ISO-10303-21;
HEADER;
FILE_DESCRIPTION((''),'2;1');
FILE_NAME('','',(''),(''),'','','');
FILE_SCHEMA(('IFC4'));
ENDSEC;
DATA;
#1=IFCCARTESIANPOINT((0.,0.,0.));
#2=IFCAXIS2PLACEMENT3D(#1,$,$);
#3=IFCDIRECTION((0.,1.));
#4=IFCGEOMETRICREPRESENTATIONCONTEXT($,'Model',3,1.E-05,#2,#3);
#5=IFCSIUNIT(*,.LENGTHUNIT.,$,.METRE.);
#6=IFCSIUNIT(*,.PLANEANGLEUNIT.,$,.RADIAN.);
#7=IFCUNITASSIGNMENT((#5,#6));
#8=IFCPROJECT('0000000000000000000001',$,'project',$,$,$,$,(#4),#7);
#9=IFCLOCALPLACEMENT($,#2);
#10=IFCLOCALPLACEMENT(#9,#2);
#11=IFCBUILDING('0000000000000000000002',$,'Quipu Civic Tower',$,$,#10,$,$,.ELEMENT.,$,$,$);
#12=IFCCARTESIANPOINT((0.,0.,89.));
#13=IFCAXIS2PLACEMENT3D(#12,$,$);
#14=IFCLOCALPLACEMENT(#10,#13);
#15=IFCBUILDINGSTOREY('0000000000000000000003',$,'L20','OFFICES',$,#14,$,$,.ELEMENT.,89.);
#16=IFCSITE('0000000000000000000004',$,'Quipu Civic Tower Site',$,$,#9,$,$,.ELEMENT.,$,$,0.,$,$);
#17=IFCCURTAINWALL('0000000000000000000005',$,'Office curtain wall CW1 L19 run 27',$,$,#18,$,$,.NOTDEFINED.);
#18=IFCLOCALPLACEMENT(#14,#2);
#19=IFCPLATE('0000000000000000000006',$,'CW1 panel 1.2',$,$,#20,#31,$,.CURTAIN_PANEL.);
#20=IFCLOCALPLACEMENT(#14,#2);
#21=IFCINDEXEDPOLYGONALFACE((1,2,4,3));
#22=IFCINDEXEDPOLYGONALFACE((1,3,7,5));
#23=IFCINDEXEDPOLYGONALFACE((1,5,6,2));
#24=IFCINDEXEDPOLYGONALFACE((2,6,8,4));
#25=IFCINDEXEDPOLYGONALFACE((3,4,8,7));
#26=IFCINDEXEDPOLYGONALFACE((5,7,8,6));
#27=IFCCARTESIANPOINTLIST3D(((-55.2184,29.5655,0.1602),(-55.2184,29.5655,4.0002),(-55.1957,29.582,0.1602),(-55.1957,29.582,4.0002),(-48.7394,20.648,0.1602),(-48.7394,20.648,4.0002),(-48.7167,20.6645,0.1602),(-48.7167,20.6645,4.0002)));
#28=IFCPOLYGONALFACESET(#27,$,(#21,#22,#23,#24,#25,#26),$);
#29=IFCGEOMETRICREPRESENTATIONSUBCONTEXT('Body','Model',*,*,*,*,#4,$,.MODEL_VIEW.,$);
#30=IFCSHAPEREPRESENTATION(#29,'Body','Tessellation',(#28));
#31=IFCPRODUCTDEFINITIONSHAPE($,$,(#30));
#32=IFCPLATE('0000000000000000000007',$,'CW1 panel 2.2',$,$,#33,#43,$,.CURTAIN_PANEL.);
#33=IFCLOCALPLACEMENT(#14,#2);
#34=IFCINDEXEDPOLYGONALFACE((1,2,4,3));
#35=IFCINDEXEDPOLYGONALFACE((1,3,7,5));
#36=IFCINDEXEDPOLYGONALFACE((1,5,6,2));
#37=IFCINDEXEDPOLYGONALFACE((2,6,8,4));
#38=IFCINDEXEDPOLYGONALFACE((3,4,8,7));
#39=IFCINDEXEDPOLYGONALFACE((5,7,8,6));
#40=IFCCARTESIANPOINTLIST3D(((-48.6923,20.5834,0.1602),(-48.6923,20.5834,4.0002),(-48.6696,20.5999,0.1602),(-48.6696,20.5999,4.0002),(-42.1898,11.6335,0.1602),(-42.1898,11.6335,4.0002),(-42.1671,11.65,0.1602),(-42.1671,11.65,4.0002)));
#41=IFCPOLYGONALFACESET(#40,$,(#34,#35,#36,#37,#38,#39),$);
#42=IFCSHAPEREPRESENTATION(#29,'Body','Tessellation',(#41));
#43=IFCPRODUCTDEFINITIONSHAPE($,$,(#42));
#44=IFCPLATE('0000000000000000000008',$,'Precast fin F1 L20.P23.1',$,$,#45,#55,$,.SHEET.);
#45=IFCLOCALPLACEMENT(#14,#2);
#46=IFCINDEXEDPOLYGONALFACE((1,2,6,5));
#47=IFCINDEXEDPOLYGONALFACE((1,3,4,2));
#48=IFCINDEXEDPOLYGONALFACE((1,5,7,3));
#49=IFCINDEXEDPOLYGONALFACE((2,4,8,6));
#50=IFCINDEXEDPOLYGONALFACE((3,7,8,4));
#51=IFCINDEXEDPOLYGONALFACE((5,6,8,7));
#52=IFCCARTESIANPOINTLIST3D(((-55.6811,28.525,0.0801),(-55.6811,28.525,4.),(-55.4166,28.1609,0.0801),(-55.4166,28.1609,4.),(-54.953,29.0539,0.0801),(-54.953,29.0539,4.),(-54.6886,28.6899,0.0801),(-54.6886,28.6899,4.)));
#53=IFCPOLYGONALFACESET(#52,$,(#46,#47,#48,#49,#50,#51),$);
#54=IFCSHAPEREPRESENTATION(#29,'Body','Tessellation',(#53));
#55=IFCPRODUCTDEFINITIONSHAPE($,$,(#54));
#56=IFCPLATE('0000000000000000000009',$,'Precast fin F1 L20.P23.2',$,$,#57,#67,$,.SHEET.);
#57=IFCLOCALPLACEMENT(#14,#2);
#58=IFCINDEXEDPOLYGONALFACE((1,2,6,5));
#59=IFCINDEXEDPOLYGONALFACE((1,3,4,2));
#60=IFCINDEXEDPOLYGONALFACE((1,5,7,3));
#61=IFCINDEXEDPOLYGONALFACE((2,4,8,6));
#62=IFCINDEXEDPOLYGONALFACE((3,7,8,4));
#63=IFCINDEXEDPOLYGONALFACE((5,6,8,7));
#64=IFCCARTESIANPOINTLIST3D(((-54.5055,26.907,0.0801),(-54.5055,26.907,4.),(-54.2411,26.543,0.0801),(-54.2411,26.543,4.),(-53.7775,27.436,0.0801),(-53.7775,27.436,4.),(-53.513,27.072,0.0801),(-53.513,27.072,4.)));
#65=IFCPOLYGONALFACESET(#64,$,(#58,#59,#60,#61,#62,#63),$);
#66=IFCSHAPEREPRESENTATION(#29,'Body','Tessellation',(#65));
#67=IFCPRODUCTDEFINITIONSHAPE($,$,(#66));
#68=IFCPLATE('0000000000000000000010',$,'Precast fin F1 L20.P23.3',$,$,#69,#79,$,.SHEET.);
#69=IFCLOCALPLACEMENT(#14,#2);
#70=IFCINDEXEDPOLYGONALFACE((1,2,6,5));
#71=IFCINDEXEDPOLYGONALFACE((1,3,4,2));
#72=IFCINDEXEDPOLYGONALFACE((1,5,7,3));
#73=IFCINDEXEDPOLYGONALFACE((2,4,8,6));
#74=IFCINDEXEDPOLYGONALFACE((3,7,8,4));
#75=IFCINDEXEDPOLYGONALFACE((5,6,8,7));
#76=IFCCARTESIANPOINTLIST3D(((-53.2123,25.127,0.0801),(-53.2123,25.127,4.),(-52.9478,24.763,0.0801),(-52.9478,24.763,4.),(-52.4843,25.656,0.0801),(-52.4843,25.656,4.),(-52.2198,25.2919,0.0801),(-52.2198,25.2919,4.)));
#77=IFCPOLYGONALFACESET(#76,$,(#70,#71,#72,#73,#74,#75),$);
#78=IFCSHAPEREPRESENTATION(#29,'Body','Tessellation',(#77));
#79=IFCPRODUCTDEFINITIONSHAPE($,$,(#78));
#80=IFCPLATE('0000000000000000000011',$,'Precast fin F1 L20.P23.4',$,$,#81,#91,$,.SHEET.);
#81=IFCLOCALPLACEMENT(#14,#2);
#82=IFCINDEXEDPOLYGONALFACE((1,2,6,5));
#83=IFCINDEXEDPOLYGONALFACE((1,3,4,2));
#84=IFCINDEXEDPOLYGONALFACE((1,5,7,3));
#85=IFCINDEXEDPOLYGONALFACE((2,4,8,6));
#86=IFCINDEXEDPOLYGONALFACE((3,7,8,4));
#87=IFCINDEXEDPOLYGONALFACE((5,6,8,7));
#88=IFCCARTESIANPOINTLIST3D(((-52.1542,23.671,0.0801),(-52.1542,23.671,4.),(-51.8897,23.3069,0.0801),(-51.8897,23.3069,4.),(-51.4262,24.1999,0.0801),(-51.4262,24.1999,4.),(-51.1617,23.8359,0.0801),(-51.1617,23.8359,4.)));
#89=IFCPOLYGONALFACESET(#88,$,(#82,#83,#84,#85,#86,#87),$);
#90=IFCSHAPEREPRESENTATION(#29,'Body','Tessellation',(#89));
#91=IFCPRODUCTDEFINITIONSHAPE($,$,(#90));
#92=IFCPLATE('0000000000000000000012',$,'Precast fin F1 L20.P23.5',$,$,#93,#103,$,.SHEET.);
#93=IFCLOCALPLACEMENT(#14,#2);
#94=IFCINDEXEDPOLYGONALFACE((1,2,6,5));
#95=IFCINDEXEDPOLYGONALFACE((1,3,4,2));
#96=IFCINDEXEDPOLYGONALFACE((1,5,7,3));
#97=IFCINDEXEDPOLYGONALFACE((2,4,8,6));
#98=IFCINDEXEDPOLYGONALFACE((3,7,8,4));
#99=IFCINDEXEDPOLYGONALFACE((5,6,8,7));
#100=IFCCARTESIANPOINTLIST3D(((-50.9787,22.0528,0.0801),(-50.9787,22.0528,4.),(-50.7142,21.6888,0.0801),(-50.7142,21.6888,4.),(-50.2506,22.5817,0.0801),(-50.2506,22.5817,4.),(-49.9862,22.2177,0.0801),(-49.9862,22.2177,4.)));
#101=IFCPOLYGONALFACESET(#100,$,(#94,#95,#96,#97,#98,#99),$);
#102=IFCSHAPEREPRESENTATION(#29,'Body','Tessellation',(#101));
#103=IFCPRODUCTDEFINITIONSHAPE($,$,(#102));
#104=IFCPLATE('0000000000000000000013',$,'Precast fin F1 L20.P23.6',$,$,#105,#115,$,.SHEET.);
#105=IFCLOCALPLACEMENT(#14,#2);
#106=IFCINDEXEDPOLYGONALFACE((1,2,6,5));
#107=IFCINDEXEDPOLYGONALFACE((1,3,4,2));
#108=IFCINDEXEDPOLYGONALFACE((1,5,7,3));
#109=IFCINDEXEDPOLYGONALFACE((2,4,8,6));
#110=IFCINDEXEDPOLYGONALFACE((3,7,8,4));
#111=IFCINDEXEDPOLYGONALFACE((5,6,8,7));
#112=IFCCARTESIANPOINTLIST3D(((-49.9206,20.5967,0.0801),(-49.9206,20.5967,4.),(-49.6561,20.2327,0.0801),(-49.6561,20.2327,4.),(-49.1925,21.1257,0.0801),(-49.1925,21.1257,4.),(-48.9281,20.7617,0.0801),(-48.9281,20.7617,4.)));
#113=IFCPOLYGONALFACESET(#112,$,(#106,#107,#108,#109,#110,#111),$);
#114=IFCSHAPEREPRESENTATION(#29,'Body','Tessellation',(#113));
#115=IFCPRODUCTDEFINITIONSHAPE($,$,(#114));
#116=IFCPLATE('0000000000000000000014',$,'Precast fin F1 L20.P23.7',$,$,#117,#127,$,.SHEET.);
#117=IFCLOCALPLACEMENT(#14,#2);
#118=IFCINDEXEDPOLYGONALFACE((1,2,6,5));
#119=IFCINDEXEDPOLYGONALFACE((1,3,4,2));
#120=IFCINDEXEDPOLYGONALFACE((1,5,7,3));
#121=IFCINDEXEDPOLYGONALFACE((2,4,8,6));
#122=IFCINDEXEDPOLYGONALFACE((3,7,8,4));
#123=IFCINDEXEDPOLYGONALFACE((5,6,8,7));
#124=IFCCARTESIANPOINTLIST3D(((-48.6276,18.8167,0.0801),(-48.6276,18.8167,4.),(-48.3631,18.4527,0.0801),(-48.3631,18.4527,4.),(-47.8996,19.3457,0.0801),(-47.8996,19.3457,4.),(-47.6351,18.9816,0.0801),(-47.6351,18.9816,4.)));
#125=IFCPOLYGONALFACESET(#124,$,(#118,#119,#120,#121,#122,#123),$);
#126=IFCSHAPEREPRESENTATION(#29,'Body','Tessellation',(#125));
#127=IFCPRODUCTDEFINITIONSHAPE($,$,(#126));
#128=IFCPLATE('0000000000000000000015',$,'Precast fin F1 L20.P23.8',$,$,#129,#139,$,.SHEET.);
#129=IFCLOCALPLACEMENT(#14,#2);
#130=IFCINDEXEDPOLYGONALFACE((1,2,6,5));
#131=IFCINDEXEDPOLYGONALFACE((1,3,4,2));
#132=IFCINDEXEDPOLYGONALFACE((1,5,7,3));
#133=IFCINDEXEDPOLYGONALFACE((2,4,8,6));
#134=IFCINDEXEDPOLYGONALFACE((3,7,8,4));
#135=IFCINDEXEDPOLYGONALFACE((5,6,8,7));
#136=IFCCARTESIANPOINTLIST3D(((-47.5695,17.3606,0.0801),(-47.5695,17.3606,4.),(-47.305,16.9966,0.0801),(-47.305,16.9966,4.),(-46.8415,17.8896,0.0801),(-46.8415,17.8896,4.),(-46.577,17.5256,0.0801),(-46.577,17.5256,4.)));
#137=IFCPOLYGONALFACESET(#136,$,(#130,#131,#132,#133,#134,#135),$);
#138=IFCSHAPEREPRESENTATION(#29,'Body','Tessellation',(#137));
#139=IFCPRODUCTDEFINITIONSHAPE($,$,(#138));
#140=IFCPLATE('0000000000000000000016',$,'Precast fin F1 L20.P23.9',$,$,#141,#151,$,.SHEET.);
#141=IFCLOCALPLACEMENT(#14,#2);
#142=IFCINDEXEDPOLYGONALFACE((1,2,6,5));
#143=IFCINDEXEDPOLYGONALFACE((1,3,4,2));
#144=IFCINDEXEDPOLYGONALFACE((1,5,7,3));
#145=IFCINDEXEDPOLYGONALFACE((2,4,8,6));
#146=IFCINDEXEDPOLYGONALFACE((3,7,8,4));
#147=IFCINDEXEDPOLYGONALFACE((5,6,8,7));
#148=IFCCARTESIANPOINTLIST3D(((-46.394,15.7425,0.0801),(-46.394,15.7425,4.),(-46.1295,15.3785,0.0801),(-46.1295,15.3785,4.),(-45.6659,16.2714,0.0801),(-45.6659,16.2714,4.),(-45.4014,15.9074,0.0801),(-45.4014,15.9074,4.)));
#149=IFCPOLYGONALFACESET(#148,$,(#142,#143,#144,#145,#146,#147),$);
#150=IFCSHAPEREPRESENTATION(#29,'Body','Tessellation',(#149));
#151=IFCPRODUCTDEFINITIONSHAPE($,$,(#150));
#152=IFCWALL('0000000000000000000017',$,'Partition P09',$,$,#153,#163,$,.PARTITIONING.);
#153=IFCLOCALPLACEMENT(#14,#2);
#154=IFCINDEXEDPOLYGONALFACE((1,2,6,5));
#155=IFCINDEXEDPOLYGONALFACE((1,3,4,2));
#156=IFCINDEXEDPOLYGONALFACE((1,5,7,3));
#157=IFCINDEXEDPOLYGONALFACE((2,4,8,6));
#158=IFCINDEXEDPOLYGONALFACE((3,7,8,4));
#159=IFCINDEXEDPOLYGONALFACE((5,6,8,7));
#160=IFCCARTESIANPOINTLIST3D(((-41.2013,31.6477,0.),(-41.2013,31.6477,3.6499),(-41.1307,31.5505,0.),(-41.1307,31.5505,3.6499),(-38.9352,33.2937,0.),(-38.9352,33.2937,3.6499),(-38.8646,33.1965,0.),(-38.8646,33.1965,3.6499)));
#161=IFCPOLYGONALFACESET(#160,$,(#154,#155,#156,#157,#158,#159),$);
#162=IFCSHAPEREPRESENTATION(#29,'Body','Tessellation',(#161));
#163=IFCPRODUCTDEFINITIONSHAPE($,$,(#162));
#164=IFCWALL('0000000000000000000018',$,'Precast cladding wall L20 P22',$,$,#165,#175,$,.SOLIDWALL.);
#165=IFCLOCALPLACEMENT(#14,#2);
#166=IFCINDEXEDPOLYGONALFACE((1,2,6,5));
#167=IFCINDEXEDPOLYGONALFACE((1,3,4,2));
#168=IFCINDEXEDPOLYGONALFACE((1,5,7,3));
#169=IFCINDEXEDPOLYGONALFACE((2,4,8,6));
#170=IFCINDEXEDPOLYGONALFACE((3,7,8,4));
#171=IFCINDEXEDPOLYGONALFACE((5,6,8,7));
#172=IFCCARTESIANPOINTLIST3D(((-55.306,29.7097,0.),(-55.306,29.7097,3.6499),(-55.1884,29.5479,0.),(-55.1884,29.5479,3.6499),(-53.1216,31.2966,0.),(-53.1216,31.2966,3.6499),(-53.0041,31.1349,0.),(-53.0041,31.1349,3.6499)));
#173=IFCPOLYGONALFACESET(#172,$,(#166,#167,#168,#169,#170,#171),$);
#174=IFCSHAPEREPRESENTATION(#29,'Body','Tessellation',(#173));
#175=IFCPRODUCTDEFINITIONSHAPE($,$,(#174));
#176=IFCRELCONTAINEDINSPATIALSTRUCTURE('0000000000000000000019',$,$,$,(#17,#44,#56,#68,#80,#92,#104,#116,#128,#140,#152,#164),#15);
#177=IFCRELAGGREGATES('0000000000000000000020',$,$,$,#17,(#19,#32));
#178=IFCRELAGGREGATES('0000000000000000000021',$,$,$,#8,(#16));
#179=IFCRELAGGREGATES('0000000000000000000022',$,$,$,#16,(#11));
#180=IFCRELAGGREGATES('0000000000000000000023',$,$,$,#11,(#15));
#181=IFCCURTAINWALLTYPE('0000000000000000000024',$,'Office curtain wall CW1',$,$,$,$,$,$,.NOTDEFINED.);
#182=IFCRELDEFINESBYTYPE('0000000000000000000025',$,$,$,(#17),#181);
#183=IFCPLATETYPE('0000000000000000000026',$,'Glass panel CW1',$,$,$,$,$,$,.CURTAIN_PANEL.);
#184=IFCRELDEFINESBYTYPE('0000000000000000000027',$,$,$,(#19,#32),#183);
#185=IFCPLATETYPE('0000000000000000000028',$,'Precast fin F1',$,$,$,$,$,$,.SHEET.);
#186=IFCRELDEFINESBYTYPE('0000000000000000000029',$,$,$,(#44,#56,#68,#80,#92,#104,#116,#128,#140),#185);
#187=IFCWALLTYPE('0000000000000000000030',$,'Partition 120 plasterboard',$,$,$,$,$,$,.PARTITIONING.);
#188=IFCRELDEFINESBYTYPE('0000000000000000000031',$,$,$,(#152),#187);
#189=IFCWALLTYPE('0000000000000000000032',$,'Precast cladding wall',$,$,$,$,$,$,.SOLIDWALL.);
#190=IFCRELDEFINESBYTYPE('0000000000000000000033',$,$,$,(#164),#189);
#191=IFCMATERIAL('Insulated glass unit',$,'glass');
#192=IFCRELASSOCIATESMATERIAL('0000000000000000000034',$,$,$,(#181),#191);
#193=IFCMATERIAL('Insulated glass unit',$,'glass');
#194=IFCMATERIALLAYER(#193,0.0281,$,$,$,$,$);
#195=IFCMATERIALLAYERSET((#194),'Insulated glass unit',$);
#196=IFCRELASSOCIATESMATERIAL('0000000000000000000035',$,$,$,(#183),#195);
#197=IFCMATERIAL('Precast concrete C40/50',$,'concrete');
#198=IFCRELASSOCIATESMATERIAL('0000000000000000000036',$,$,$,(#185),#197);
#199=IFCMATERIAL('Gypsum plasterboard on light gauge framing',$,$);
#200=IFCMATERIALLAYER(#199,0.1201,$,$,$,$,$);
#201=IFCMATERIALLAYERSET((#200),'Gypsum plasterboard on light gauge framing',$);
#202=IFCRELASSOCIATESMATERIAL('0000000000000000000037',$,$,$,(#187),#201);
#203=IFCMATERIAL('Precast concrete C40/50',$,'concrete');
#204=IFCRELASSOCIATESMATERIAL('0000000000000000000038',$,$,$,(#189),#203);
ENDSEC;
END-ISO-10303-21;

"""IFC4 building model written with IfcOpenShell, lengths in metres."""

from ifc_helpers import new_model, si_unit, direction, frame, frame_2d, origin, origin_2d, place, context, subcontext, project, spatial, rectangle, extrude, material, layer, layer_set, type_object, element, aggregate, save


model = new_model("IFC4")

# Units and contexts
model_context = context("Model", 3, precision=1e-05, world=origin(), true_north=direction((0.0, 1.0)))
body_context = subcontext(model_context, "Body", "Model", "MODEL_VIEW")
ifc_project = project(units=[si_unit("LENGTHUNIT", "METRE"), si_unit("PLANEANGLEUNIT", "RADIAN")], contexts=[model_context])

# Site, building, storey
site_placement = place(None, origin())
site = spatial("IfcSite", under=ifc_project, at=site_placement, Name="Quipu Civic Tower Site", CompositionType="ELEMENT", RefElevation=0.0)
building_placement = place(site_placement, origin())
building = spatial("IfcBuilding", under=site, at=building_placement, Name="Quipu Civic Tower", CompositionType="ELEMENT")
storey_placement = place(building_placement, frame((0.0, 0.0, 89.0)))
storey = spatial("IfcBuildingStorey", under=building, at=storey_placement, Name="L20", Description="OFFICES", CompositionType="ELEMENT", Elevation=89.0)

# Curtain wall
ifc_material_1 = material(Name="Insulated glass unit", Category="glass")
curtain_wall_type = type_object("IfcCurtainWallType", Name="Office curtain wall CW1", PredefinedType="NOTDEFINED", material=ifc_material_1)
curtain_wall_placement = place(storey_placement, origin())
curtain_wall = element("IfcCurtainWall", 1, at=curtain_wall_placement, inside=storey, type_object=curtain_wall_type, Name="Office curtain wall CW1 L19 run 27", PredefinedType="NOTDEFINED")

# Plates
ifc_material_2 = material(Name="Insulated glass unit", Category="glass")
ifc_layer_1 = layer(ifc_material_2, 0.0281)
ifc_layer_set_1 = layer_set([ifc_layer_1], Name="Insulated glass unit")
plate_type_1 = type_object("IfcPlateType", Name="Glass panel CW1", PredefinedType="CURTAIN_PANEL", material=ifc_layer_set_1)
plate_1_placement = place(storey_placement, frame((-51.9675, 25.115, 0.1602), z_axis=(0.0, 0.0, 1.0), x_axis=(0.587786, -0.809017, 0.0)))
plate_1 = element("IfcPlate", 2, at=plate_1_placement, type_object=plate_type_1, Name="CW1 panel 1.2", PredefinedType="CURTAIN_PANEL", context=body_context, shape_type="SweptSolid", body=[
    extrude(rectangle(XDim=11.0227, YDim=0.0281, at=origin_2d()), origin(), (0.0, 0.0, 1.0), 3.8401),
])
plate_2_placement = place(storey_placement, frame((-45.4297, 16.1167, 0.1602), z_axis=(0.0, 0.0, 1.0), x_axis=(0.587786, -0.809017, 0.0)))
plate_2 = element("IfcPlate", 3, at=plate_2_placement, type_object=plate_type_1, Name="CW1 panel 2.2", PredefinedType="CURTAIN_PANEL", context=body_context, shape_type="SweptSolid", body=[
    extrude(rectangle(XDim=11.0627, YDim=0.0281, at=origin_2d()), origin(), (0.0, 0.0, 1.0), 3.8401),
])
aggregate(curtain_wall, [plate_1, plate_2])

# Plates
ifc_material_3 = material(Name="Precast concrete C40/50", Category="concrete")
plate_type_2 = type_object("IfcPlateType", Name="Precast fin F1", PredefinedType="SHEET", material=ifc_material_3)
for number, where, z_axis, x_axis, name in (
    (4, (-55.1848, 28.6074, 0.0801), (0.0, 0.0, 1.0), (0.587786, -0.809017, 0.0), "Precast fin F1 L20.P23.1"),
    (5, (-54.0093, 26.9895, 0.0801), (0.0, 0.0, 1.0), (0.587786, -0.809017, 0.0), "Precast fin F1 L20.P23.2"),
    (6, (-52.7161, 25.2095, 0.0801), (0.0, 0.0, 1.0), (0.587786, -0.809017, 0.0), "Precast fin F1 L20.P23.3"),
    (7, (-51.658, 23.7534, 0.0801), (0.0, 0.0, 1.0), (0.587786, -0.809017, 0.0), "Precast fin F1 L20.P23.4"),
    (8, (-50.4824, 22.1353, 0.0801), (0.0, 0.0, 1.0), (0.587786, -0.809017, 0.0), "Precast fin F1 L20.P23.5"),
    (9, (-49.4243, 20.6792, 0.0801), (0.0, 0.0, 1.0), (0.587786, -0.809017, 0.0), "Precast fin F1 L20.P23.6"),
    (10, (-48.1313, 18.8992, 0.0801), (0.0, 0.0, 1.0), (0.587786, -0.809017, 0.0), "Precast fin F1 L20.P23.7"),
    (11, (-47.0732, 17.4431, 0.0801), (0.0, 0.0, 1.0), (0.587786, -0.809017, 0.0), "Precast fin F1 L20.P23.8"),
    (12, (-45.8977, 15.825, 0.0801), (0.0, 0.0, 1.0), (0.587786, -0.809017, 0.0), "Precast fin F1 L20.P23.9"),
):
    element("IfcPlate", number, at=place(storey_placement, frame(where, z_axis=z_axis, x_axis=x_axis)), inside=storey, type_object=plate_type_2, Name=name, PredefinedType="SHEET", context=body_context, shape_type="SweptSolid", body=[
        extrude(rectangle(XDim=0.45, YDim=0.8999, at=origin_2d()), origin(), (0.0, 0.0, 1.0), 3.9199),
    ])

# Walls
ifc_material_4 = material(Name="Gypsum plasterboard on light gauge framing")
ifc_layer_2 = layer(ifc_material_4, 0.1201)
ifc_layer_set_2 = layer_set([ifc_layer_2], Name="Gypsum plasterboard on light gauge framing")
wall_type_1 = type_object("IfcWallType", Name="Partition 120 plasterboard", PredefinedType="PARTITIONING", material=ifc_layer_set_2)
wall_1_placement = place(storey_placement, frame((-41.166, 31.5991, 0.0), z_axis=(0.0, 0.0, 1.0), x_axis=(0.80909, 0.587684, 0.0)))
element("IfcWall", 13, at=wall_1_placement, inside=storey, type_object=wall_type_1, Name="Partition P09", PredefinedType="PARTITIONING", context=body_context, shape_type="SweptSolid", body=[
    extrude(rectangle(XDim=2.8008, YDim=0.1201, at=frame_2d((1.4004, 0.0))), origin(), (0.0, 0.0, 1.0), 3.6499),
])
ifc_material_5 = material(Name="Precast concrete C40/50", Category="concrete")
wall_type_2 = type_object("IfcWallType", Name="Precast cladding wall", PredefinedType="SOLIDWALL", material=ifc_material_5)
wall_2_placement = place(storey_placement, frame((-53.0627, 31.2158, 0.0), z_axis=(0.0, 0.0, 1.0), x_axis=(-0.809033, -0.587763, 0.0)))
element("IfcWall", 14, at=wall_2_placement, inside=storey, type_object=wall_type_2, Name="Precast cladding wall L20 P22", PredefinedType="SOLIDWALL", context=body_context, shape_type="SweptSolid", body=[
    extrude(rectangle(XDim=2.7, YDim=0.2, at=frame_2d((1.3501, 0.0))), origin(), (0.0, 0.0, 1.0), 3.6499),
])

save(model, "model.ifc")
